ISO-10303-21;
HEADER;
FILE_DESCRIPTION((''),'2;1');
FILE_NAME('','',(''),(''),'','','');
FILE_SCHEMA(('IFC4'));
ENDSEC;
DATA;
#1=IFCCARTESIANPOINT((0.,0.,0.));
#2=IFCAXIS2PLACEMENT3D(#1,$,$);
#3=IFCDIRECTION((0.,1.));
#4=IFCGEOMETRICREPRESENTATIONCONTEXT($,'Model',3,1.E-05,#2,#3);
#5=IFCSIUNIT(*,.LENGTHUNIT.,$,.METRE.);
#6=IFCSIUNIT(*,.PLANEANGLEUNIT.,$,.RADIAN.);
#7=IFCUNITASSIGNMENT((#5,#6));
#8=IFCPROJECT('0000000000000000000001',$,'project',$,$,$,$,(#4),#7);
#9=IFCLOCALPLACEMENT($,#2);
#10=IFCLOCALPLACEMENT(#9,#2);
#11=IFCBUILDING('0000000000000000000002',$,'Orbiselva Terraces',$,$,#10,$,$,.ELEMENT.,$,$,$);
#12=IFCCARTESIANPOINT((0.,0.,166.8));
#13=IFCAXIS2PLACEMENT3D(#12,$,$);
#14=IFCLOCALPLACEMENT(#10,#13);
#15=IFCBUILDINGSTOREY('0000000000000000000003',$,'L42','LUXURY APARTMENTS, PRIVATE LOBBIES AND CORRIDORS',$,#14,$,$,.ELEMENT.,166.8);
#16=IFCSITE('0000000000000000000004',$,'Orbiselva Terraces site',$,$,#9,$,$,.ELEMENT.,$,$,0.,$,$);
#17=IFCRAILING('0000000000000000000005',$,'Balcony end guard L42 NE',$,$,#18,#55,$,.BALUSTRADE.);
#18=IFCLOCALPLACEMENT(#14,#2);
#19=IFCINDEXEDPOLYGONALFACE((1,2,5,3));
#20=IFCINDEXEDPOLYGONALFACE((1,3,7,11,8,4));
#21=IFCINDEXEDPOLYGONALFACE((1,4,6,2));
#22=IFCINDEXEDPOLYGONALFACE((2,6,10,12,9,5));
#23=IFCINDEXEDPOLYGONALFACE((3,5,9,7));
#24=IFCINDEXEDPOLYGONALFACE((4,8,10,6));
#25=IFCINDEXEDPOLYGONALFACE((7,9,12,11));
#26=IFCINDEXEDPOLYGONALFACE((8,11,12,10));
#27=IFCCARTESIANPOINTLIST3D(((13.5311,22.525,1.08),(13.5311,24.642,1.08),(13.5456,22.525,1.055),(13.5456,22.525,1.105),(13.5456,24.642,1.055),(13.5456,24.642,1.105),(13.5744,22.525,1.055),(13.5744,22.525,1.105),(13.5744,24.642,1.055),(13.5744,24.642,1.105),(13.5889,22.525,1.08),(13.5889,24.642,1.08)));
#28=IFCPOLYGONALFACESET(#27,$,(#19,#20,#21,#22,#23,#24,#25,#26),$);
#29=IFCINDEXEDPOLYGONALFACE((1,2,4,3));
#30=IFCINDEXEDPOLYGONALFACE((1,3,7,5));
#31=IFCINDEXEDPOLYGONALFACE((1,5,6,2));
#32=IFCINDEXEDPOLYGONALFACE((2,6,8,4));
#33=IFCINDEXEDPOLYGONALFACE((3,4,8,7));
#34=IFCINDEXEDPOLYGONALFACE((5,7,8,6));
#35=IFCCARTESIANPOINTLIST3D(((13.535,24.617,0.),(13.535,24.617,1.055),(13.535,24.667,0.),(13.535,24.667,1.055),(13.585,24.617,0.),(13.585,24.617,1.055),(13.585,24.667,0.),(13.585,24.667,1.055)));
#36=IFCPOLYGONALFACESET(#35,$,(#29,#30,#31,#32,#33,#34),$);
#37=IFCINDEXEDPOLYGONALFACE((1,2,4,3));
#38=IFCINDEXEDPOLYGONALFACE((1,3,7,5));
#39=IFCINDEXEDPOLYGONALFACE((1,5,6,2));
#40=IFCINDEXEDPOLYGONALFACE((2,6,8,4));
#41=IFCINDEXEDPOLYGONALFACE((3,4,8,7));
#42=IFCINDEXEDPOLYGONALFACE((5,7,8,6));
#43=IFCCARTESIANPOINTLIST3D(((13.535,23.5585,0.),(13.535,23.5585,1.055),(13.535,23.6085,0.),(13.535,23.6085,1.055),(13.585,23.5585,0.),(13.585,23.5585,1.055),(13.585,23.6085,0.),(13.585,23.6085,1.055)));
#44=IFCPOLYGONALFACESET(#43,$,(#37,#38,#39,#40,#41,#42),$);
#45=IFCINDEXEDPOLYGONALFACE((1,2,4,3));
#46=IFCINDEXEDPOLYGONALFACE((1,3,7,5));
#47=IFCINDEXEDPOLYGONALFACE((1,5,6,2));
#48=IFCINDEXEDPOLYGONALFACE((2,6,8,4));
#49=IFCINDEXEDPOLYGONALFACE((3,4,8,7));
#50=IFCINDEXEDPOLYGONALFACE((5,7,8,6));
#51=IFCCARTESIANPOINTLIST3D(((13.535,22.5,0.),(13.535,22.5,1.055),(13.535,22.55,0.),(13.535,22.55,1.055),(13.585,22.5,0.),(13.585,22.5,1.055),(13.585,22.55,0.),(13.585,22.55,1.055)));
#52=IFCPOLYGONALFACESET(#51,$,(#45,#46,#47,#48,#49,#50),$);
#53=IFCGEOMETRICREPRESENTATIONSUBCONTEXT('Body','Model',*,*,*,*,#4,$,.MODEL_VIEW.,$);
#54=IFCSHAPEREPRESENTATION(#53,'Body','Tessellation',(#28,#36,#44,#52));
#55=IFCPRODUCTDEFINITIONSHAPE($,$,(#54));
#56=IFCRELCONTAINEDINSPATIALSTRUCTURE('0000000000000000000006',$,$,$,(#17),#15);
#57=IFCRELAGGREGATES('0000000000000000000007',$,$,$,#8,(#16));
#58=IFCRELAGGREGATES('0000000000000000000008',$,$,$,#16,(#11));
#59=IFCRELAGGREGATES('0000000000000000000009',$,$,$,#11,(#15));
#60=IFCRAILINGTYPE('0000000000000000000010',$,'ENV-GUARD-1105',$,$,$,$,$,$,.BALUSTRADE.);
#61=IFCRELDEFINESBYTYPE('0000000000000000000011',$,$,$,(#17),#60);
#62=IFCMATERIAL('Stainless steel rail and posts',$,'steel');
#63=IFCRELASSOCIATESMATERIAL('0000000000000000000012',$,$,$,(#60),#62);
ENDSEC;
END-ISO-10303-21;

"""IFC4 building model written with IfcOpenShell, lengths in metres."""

from ifc_helpers import new_model, si_unit, direction, frame, origin, origin_2d, place, context, subcontext, project, spatial, polyline, rectangle, outline, extrude, material, type_object, element, save


model = new_model("IFC4")

# Units and contexts
model_context = context("Model", 3, precision=1e-05, world=origin(), true_north=direction((0.0, 1.0)))
body_context = subcontext(model_context, "Body", "Model", "MODEL_VIEW")
ifc_project = project(units=[si_unit("LENGTHUNIT", "METRE"), si_unit("PLANEANGLEUNIT", "RADIAN")], contexts=[model_context])

# Site, building, storey
site_placement = place(None, origin())
site = spatial("IfcSite", under=ifc_project, at=site_placement, Name="Orbiselva Terraces site", CompositionType="ELEMENT", RefElevation=0.0)
building_placement = place(site_placement, origin())
building = spatial("IfcBuilding", under=site, at=building_placement, Name="Orbiselva Terraces", CompositionType="ELEMENT")
storey_placement = place(building_placement, frame((0.0, 0.0, 166.8)))
storey = spatial("IfcBuildingStorey", under=building, at=storey_placement, Name="L42", Description="LUXURY APARTMENTS, PRIVATE LOBBIES AND CORRIDORS", CompositionType="ELEMENT", Elevation=166.8)

# Railing
ifc_material_1 = material(Name="Stainless steel rail and posts", Category="steel")
railing_type_1 = type_object("IfcRailingType", Name="ENV-GUARD-1105", PredefinedType="BALUSTRADE", material=ifc_material_1)
railing_1_placement = place(storey_placement, frame((13.56, 24.642, 0.0)))
element("IfcRailing", 1, at=railing_1_placement, inside=storey, type_object=railing_type_1, Name="Balcony end guard L42 NE", PredefinedType="BALUSTRADE", context=body_context, shape_type="SweptSolid", body=[
    extrude(outline(polyline([(0.0289, 0.0), (0.0144, 0.025), (-0.0144, 0.025), (-0.0289, 0.0), (-0.0144, -0.025), (0.0144, -0.025), (0.0289, 0.0)])), frame((0.0, 0.0, 1.08), z_axis=(0.0, -1.0, 0.0), x_axis=(1.0, 0.0, 0.0)), (0.0, 0.0, 1.0), 2.117),
    extrude(rectangle(XDim=0.05, YDim=0.05, at=origin_2d()), origin(), (0.0, 0.0, 1.0), 1.055),
    extrude(rectangle(XDim=0.05, YDim=0.05, at=origin_2d()), frame((0.0, -1.0585, 0.0)), (0.0, 0.0, 1.0), 1.055),
    extrude(rectangle(XDim=0.05, YDim=0.05, at=origin_2d()), frame((0.0, -2.117, 0.0)), (0.0, 0.0, 1.0), 1.055),
])

save(model, "model.ifc")
